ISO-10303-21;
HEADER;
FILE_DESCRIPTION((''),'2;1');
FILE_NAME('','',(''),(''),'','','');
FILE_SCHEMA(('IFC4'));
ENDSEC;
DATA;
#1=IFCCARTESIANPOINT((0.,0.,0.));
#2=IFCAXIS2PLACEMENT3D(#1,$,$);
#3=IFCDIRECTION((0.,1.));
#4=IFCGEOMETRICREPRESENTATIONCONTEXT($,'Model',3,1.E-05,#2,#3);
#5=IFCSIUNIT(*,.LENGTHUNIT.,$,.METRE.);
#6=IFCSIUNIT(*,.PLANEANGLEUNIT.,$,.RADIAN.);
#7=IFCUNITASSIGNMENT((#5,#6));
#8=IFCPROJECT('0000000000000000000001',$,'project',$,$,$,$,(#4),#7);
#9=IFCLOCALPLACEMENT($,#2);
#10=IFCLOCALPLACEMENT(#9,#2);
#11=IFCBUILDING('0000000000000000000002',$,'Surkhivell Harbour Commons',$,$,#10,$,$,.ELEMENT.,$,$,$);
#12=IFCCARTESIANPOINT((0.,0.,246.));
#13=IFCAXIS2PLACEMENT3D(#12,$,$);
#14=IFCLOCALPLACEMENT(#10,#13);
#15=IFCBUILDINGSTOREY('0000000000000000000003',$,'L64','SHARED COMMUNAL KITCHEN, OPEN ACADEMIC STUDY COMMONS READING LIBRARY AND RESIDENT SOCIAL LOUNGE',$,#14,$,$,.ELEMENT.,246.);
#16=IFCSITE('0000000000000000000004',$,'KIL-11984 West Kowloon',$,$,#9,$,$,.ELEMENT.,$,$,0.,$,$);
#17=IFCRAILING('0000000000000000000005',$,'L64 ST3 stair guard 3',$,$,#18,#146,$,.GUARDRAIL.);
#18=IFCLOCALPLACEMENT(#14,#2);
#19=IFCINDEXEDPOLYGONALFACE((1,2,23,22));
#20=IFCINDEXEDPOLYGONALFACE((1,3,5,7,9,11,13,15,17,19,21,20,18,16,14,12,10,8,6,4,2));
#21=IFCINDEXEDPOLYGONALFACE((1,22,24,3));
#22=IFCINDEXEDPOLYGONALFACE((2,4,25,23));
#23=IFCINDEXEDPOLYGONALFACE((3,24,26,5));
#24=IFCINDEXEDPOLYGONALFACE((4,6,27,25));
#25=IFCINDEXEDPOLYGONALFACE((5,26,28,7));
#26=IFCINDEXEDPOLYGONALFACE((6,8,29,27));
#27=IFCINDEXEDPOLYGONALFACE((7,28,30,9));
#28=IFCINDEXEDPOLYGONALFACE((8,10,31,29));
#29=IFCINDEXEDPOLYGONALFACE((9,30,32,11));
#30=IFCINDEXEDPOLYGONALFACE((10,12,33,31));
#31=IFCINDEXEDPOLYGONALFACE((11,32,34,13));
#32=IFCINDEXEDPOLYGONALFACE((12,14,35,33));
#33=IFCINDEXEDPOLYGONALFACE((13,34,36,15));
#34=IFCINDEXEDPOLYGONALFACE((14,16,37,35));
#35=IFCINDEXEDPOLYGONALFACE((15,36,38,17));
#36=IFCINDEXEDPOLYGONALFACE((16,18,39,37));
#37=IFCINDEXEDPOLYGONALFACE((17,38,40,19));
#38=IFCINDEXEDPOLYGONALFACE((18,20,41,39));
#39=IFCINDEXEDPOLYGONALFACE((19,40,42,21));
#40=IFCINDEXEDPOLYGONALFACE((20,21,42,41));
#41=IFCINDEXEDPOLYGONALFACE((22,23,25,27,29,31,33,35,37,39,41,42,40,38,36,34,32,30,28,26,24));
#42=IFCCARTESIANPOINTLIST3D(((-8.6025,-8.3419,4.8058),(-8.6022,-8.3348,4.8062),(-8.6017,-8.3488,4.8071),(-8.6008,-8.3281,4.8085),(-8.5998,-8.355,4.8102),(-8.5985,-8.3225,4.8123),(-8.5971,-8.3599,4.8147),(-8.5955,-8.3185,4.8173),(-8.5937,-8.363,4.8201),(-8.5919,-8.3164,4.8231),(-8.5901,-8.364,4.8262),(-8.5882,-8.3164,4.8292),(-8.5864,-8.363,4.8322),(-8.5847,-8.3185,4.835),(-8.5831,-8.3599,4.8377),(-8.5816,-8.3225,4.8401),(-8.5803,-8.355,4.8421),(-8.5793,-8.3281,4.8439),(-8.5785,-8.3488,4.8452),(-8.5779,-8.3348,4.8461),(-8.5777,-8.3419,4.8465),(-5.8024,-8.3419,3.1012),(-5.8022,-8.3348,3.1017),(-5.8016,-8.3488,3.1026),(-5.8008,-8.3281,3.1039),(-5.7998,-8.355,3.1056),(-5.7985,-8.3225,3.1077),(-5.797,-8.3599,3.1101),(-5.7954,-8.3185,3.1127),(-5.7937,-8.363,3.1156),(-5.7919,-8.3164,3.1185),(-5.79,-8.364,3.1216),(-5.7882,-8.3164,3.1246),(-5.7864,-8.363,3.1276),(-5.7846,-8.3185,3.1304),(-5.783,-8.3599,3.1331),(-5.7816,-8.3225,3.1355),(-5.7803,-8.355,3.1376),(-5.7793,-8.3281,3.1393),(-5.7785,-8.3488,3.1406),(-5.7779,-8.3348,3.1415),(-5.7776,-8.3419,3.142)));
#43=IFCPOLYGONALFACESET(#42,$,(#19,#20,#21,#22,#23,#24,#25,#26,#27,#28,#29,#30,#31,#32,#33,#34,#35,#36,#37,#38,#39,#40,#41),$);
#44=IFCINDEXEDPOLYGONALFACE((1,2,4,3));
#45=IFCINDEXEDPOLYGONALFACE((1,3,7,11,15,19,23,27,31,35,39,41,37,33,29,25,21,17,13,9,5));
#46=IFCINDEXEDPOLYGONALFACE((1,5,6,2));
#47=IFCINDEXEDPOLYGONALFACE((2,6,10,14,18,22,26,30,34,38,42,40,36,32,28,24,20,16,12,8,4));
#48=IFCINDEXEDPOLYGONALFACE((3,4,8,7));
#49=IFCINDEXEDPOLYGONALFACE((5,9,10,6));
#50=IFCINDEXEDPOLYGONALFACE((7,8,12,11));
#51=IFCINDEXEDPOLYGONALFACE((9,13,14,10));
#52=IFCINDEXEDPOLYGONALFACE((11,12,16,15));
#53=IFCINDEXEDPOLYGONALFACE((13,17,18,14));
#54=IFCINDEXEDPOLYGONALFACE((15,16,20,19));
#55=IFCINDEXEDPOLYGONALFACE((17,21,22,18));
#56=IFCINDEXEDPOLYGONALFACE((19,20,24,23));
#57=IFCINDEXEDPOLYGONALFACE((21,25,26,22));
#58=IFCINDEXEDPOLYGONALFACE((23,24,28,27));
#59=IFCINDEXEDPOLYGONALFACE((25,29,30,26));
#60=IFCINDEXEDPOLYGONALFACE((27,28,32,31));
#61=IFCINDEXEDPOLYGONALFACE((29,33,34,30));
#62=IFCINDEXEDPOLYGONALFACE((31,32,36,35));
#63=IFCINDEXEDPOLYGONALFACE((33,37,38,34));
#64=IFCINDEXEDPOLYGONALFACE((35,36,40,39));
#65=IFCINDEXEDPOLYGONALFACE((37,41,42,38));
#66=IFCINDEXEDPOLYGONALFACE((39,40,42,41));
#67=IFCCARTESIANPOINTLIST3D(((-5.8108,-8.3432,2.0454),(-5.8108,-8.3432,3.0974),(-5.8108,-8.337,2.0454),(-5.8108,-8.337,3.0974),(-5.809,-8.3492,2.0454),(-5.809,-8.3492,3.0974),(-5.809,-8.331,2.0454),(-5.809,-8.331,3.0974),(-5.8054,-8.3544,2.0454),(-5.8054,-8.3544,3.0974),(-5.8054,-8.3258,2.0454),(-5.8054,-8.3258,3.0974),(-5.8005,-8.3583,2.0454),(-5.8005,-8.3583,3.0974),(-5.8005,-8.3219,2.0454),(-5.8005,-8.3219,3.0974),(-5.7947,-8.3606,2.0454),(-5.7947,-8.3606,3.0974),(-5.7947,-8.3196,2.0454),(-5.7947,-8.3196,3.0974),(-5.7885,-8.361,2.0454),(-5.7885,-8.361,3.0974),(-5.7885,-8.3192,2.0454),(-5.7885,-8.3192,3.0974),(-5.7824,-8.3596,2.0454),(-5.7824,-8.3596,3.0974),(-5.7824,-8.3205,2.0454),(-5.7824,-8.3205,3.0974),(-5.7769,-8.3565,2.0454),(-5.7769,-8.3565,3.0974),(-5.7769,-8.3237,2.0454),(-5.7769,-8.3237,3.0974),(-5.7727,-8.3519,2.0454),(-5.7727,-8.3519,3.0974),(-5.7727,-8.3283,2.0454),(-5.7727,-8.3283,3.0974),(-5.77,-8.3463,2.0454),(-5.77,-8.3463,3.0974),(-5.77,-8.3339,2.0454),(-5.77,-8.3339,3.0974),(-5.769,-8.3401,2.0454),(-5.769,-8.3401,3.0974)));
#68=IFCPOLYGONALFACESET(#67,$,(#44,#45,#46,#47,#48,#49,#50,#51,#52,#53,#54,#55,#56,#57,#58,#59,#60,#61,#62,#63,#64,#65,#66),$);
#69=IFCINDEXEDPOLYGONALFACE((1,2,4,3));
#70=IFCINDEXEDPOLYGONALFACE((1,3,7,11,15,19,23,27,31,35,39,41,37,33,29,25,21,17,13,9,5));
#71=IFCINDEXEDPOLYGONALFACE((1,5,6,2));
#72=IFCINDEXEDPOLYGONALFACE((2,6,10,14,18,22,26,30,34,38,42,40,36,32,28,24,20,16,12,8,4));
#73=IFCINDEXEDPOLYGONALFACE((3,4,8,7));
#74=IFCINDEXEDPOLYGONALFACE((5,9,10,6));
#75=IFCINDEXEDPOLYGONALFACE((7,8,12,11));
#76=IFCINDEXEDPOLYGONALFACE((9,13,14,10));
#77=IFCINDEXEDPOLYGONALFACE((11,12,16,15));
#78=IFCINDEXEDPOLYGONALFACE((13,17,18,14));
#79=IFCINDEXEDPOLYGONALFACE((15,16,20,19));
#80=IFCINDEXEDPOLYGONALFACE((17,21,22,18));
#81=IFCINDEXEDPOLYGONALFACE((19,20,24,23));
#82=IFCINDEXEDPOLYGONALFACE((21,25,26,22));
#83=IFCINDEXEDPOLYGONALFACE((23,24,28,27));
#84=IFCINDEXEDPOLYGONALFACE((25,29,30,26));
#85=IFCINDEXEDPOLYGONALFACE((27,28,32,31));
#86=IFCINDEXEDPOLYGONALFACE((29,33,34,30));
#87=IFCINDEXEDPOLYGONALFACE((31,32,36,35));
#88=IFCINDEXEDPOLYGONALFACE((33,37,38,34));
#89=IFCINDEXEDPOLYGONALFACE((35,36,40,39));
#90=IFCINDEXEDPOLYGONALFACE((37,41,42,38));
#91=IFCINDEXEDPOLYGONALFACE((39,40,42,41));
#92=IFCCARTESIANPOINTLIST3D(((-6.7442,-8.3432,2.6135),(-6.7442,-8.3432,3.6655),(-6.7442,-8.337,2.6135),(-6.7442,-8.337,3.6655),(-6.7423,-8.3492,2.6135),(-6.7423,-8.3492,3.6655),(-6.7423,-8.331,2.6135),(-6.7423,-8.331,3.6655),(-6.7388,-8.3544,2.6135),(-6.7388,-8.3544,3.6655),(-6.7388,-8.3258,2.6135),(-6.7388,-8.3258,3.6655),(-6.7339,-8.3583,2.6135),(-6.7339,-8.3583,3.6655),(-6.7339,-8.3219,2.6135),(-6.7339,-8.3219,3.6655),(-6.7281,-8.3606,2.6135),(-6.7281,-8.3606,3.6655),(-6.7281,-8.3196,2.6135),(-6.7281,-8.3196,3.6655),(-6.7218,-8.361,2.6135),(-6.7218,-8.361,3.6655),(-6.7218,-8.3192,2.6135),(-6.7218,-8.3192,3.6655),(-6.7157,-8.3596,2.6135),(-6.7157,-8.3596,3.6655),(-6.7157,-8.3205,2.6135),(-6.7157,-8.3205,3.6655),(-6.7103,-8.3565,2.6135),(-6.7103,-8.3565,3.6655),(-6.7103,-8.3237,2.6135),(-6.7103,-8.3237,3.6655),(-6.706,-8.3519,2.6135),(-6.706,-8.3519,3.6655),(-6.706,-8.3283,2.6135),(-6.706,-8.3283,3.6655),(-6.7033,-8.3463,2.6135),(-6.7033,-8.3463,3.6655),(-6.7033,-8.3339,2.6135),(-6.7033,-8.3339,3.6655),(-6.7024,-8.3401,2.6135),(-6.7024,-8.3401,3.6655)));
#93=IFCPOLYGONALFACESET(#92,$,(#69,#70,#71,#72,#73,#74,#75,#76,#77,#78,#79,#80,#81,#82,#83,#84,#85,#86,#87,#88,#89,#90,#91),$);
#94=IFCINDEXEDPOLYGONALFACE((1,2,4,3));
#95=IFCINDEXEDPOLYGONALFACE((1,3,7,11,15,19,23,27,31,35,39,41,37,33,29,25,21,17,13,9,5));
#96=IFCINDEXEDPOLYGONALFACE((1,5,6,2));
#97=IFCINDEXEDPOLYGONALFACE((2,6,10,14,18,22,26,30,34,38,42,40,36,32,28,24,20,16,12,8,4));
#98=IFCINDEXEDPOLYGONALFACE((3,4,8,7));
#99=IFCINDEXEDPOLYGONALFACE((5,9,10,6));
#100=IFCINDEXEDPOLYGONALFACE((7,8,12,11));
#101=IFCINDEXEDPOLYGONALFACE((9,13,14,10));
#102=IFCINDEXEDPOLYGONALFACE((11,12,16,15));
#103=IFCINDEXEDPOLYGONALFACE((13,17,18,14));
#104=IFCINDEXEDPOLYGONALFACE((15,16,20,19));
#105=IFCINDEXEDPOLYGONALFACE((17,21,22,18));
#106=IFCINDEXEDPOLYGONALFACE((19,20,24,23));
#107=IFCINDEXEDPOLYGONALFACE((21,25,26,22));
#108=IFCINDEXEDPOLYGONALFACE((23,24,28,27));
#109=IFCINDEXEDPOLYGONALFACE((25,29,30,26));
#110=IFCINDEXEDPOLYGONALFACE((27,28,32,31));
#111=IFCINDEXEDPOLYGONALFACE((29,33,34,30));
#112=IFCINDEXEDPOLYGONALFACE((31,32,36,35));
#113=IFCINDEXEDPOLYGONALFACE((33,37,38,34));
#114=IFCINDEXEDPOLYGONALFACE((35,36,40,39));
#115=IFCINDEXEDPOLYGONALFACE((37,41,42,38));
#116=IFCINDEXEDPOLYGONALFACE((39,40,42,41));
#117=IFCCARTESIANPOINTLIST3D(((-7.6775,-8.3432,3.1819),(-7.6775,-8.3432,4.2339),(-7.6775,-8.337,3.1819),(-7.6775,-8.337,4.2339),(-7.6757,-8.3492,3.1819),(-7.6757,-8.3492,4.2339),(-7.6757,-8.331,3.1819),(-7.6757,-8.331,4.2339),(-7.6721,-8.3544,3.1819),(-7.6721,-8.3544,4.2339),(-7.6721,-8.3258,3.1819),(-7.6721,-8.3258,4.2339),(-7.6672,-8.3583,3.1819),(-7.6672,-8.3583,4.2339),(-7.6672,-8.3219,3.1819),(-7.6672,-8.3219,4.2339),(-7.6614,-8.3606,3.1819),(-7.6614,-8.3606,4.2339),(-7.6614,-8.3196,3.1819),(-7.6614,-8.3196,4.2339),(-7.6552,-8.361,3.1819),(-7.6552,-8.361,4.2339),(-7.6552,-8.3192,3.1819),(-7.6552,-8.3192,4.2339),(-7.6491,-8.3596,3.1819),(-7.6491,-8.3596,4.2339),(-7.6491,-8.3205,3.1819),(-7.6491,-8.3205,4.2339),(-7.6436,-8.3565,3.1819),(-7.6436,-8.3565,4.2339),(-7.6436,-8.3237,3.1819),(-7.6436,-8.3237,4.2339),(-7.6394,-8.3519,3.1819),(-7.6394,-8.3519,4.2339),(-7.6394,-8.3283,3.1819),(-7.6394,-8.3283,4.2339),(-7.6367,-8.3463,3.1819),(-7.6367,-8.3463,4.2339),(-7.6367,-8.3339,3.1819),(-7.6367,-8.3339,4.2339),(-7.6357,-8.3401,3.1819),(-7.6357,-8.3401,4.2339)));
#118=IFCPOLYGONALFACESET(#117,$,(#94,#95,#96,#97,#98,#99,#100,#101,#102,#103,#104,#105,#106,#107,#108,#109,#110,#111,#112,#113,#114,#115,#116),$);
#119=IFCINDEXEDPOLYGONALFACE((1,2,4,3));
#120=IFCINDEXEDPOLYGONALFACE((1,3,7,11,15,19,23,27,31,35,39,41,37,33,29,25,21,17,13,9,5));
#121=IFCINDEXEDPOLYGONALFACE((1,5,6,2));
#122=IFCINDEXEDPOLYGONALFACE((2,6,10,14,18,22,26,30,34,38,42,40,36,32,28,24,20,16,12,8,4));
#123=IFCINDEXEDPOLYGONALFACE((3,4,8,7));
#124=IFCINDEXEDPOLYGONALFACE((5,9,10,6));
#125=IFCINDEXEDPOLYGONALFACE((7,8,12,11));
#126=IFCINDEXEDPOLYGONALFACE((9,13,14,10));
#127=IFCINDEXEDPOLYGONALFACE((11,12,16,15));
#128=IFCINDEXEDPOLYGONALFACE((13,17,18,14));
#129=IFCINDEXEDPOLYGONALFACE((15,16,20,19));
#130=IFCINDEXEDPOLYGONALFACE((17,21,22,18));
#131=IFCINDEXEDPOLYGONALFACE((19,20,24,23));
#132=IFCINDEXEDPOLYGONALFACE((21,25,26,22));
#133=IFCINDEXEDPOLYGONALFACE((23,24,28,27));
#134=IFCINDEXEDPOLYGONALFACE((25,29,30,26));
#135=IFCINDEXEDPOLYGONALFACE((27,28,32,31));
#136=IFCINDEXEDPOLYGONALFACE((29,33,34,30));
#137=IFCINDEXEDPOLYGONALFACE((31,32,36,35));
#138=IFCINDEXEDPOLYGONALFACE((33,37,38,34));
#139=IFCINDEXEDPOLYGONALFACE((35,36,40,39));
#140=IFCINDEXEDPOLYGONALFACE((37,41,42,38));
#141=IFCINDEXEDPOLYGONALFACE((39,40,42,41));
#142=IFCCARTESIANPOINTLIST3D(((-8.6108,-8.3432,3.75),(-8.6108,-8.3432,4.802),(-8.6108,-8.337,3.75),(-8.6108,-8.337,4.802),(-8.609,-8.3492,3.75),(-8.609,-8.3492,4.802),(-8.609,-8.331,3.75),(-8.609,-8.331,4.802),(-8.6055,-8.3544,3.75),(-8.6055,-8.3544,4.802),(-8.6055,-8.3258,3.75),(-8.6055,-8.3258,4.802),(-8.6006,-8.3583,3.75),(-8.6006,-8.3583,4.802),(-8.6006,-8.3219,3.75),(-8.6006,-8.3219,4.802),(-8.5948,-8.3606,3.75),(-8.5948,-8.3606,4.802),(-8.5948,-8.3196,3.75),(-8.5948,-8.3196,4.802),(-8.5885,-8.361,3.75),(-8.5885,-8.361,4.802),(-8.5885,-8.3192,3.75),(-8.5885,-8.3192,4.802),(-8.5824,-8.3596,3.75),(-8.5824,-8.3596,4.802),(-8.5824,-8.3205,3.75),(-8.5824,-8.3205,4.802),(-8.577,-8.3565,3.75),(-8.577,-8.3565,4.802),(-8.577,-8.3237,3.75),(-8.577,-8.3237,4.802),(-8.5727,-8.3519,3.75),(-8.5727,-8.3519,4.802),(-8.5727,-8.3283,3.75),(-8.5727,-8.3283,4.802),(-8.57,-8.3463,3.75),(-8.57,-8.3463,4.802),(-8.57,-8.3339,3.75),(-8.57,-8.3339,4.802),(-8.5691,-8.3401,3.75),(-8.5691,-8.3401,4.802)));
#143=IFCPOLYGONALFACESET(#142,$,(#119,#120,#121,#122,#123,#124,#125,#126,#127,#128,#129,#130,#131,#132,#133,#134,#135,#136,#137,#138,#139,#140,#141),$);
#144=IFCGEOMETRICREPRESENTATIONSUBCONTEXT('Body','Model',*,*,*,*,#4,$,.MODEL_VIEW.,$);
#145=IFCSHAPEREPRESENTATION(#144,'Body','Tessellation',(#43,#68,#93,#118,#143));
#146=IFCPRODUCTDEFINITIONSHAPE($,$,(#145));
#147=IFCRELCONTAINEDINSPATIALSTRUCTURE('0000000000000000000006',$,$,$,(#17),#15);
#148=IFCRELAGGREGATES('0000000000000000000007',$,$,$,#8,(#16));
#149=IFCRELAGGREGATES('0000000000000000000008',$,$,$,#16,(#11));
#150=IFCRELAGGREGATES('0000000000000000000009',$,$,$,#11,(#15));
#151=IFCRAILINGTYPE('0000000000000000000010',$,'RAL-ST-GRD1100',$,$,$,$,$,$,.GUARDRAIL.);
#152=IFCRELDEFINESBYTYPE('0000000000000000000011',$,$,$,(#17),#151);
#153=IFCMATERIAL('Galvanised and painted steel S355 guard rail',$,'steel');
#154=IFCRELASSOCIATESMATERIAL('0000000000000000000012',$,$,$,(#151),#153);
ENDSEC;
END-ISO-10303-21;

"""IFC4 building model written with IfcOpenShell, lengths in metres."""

from ifc_helpers import new_model, si_unit, direction, frame, origin, origin_2d, place, context, subcontext, project, spatial, circle, extrude, material, type_object, element, save


model = new_model("IFC4")

# Units and contexts
model_context = context("Model", 3, precision=1e-05, world=origin(), true_north=direction((0.0, 1.0)))
body_context = subcontext(model_context, "Body", "Model", "MODEL_VIEW")
ifc_project = project(units=[si_unit("LENGTHUNIT", "METRE"), si_unit("PLANEANGLEUNIT", "RADIAN")], contexts=[model_context])

# Site, building, storey
site_placement = place(None, origin())
site = spatial("IfcSite", under=ifc_project, at=site_placement, Name="KIL-11984 West Kowloon", CompositionType="ELEMENT", RefElevation=0.0)
building_placement = place(site_placement, origin())
building = spatial("IfcBuilding", under=site, at=building_placement, Name="Surkhivell Harbour Commons", CompositionType="ELEMENT")
storey_placement = place(building_placement, frame((0.0, 0.0, 246.0)))
storey = spatial("IfcBuildingStorey", under=building, at=storey_placement, Name="L64", Description="SHARED COMMUNAL KITCHEN, OPEN ACADEMIC STUDY COMMONS READING LIBRARY AND RESIDENT SOCIAL LOUNGE", CompositionType="ELEMENT", Elevation=246.0)

# Railing
ifc_material_1 = material(Name="Galvanised and painted steel S355 guard rail", Category="steel")
railing_type_1 = type_object("IfcRailingType", Name="RAL-ST-GRD1100", PredefinedType="GUARDRAIL", material=ifc_material_1)
railing_1_placement = place(storey_placement, frame((-5.79, -8.3401, 2.0454)))
element("IfcRailing", 1, at=railing_1_placement, inside=storey, type_object=railing_type_1, Name="L64 ST3 stair guard 3", PredefinedType="GUARDRAIL", context=body_context, shape_type="SweptSolid", body=[
    extrude(circle(Radius=0.0239, at=origin_2d()), frame((0.0, 0.0, 1.0762), z_axis=(-0.85417, 0.0, 0.519994), x_axis=(0.0, -1.0, 0.0)), (0.0, 0.0, 1.0), 3.2781),
    extrude(circle(Radius=0.021, at=origin_2d()), origin(), (0.0, 0.0, 1.0), 1.052),
    extrude(circle(Radius=0.021, at=origin_2d()), frame((-0.9333, 0.0, 0.5681)), (0.0, 0.0, 1.0), 1.052),
    extrude(circle(Radius=0.021, at=origin_2d()), frame((-1.8667, 0.0, 1.1365)), (0.0, 0.0, 1.0), 1.052),
    extrude(circle(Radius=0.021, at=origin_2d()), frame((-2.8, 0.0, 1.7046)), (0.0, 0.0, 1.0), 1.052),
])

save(model, "model.ifc")
